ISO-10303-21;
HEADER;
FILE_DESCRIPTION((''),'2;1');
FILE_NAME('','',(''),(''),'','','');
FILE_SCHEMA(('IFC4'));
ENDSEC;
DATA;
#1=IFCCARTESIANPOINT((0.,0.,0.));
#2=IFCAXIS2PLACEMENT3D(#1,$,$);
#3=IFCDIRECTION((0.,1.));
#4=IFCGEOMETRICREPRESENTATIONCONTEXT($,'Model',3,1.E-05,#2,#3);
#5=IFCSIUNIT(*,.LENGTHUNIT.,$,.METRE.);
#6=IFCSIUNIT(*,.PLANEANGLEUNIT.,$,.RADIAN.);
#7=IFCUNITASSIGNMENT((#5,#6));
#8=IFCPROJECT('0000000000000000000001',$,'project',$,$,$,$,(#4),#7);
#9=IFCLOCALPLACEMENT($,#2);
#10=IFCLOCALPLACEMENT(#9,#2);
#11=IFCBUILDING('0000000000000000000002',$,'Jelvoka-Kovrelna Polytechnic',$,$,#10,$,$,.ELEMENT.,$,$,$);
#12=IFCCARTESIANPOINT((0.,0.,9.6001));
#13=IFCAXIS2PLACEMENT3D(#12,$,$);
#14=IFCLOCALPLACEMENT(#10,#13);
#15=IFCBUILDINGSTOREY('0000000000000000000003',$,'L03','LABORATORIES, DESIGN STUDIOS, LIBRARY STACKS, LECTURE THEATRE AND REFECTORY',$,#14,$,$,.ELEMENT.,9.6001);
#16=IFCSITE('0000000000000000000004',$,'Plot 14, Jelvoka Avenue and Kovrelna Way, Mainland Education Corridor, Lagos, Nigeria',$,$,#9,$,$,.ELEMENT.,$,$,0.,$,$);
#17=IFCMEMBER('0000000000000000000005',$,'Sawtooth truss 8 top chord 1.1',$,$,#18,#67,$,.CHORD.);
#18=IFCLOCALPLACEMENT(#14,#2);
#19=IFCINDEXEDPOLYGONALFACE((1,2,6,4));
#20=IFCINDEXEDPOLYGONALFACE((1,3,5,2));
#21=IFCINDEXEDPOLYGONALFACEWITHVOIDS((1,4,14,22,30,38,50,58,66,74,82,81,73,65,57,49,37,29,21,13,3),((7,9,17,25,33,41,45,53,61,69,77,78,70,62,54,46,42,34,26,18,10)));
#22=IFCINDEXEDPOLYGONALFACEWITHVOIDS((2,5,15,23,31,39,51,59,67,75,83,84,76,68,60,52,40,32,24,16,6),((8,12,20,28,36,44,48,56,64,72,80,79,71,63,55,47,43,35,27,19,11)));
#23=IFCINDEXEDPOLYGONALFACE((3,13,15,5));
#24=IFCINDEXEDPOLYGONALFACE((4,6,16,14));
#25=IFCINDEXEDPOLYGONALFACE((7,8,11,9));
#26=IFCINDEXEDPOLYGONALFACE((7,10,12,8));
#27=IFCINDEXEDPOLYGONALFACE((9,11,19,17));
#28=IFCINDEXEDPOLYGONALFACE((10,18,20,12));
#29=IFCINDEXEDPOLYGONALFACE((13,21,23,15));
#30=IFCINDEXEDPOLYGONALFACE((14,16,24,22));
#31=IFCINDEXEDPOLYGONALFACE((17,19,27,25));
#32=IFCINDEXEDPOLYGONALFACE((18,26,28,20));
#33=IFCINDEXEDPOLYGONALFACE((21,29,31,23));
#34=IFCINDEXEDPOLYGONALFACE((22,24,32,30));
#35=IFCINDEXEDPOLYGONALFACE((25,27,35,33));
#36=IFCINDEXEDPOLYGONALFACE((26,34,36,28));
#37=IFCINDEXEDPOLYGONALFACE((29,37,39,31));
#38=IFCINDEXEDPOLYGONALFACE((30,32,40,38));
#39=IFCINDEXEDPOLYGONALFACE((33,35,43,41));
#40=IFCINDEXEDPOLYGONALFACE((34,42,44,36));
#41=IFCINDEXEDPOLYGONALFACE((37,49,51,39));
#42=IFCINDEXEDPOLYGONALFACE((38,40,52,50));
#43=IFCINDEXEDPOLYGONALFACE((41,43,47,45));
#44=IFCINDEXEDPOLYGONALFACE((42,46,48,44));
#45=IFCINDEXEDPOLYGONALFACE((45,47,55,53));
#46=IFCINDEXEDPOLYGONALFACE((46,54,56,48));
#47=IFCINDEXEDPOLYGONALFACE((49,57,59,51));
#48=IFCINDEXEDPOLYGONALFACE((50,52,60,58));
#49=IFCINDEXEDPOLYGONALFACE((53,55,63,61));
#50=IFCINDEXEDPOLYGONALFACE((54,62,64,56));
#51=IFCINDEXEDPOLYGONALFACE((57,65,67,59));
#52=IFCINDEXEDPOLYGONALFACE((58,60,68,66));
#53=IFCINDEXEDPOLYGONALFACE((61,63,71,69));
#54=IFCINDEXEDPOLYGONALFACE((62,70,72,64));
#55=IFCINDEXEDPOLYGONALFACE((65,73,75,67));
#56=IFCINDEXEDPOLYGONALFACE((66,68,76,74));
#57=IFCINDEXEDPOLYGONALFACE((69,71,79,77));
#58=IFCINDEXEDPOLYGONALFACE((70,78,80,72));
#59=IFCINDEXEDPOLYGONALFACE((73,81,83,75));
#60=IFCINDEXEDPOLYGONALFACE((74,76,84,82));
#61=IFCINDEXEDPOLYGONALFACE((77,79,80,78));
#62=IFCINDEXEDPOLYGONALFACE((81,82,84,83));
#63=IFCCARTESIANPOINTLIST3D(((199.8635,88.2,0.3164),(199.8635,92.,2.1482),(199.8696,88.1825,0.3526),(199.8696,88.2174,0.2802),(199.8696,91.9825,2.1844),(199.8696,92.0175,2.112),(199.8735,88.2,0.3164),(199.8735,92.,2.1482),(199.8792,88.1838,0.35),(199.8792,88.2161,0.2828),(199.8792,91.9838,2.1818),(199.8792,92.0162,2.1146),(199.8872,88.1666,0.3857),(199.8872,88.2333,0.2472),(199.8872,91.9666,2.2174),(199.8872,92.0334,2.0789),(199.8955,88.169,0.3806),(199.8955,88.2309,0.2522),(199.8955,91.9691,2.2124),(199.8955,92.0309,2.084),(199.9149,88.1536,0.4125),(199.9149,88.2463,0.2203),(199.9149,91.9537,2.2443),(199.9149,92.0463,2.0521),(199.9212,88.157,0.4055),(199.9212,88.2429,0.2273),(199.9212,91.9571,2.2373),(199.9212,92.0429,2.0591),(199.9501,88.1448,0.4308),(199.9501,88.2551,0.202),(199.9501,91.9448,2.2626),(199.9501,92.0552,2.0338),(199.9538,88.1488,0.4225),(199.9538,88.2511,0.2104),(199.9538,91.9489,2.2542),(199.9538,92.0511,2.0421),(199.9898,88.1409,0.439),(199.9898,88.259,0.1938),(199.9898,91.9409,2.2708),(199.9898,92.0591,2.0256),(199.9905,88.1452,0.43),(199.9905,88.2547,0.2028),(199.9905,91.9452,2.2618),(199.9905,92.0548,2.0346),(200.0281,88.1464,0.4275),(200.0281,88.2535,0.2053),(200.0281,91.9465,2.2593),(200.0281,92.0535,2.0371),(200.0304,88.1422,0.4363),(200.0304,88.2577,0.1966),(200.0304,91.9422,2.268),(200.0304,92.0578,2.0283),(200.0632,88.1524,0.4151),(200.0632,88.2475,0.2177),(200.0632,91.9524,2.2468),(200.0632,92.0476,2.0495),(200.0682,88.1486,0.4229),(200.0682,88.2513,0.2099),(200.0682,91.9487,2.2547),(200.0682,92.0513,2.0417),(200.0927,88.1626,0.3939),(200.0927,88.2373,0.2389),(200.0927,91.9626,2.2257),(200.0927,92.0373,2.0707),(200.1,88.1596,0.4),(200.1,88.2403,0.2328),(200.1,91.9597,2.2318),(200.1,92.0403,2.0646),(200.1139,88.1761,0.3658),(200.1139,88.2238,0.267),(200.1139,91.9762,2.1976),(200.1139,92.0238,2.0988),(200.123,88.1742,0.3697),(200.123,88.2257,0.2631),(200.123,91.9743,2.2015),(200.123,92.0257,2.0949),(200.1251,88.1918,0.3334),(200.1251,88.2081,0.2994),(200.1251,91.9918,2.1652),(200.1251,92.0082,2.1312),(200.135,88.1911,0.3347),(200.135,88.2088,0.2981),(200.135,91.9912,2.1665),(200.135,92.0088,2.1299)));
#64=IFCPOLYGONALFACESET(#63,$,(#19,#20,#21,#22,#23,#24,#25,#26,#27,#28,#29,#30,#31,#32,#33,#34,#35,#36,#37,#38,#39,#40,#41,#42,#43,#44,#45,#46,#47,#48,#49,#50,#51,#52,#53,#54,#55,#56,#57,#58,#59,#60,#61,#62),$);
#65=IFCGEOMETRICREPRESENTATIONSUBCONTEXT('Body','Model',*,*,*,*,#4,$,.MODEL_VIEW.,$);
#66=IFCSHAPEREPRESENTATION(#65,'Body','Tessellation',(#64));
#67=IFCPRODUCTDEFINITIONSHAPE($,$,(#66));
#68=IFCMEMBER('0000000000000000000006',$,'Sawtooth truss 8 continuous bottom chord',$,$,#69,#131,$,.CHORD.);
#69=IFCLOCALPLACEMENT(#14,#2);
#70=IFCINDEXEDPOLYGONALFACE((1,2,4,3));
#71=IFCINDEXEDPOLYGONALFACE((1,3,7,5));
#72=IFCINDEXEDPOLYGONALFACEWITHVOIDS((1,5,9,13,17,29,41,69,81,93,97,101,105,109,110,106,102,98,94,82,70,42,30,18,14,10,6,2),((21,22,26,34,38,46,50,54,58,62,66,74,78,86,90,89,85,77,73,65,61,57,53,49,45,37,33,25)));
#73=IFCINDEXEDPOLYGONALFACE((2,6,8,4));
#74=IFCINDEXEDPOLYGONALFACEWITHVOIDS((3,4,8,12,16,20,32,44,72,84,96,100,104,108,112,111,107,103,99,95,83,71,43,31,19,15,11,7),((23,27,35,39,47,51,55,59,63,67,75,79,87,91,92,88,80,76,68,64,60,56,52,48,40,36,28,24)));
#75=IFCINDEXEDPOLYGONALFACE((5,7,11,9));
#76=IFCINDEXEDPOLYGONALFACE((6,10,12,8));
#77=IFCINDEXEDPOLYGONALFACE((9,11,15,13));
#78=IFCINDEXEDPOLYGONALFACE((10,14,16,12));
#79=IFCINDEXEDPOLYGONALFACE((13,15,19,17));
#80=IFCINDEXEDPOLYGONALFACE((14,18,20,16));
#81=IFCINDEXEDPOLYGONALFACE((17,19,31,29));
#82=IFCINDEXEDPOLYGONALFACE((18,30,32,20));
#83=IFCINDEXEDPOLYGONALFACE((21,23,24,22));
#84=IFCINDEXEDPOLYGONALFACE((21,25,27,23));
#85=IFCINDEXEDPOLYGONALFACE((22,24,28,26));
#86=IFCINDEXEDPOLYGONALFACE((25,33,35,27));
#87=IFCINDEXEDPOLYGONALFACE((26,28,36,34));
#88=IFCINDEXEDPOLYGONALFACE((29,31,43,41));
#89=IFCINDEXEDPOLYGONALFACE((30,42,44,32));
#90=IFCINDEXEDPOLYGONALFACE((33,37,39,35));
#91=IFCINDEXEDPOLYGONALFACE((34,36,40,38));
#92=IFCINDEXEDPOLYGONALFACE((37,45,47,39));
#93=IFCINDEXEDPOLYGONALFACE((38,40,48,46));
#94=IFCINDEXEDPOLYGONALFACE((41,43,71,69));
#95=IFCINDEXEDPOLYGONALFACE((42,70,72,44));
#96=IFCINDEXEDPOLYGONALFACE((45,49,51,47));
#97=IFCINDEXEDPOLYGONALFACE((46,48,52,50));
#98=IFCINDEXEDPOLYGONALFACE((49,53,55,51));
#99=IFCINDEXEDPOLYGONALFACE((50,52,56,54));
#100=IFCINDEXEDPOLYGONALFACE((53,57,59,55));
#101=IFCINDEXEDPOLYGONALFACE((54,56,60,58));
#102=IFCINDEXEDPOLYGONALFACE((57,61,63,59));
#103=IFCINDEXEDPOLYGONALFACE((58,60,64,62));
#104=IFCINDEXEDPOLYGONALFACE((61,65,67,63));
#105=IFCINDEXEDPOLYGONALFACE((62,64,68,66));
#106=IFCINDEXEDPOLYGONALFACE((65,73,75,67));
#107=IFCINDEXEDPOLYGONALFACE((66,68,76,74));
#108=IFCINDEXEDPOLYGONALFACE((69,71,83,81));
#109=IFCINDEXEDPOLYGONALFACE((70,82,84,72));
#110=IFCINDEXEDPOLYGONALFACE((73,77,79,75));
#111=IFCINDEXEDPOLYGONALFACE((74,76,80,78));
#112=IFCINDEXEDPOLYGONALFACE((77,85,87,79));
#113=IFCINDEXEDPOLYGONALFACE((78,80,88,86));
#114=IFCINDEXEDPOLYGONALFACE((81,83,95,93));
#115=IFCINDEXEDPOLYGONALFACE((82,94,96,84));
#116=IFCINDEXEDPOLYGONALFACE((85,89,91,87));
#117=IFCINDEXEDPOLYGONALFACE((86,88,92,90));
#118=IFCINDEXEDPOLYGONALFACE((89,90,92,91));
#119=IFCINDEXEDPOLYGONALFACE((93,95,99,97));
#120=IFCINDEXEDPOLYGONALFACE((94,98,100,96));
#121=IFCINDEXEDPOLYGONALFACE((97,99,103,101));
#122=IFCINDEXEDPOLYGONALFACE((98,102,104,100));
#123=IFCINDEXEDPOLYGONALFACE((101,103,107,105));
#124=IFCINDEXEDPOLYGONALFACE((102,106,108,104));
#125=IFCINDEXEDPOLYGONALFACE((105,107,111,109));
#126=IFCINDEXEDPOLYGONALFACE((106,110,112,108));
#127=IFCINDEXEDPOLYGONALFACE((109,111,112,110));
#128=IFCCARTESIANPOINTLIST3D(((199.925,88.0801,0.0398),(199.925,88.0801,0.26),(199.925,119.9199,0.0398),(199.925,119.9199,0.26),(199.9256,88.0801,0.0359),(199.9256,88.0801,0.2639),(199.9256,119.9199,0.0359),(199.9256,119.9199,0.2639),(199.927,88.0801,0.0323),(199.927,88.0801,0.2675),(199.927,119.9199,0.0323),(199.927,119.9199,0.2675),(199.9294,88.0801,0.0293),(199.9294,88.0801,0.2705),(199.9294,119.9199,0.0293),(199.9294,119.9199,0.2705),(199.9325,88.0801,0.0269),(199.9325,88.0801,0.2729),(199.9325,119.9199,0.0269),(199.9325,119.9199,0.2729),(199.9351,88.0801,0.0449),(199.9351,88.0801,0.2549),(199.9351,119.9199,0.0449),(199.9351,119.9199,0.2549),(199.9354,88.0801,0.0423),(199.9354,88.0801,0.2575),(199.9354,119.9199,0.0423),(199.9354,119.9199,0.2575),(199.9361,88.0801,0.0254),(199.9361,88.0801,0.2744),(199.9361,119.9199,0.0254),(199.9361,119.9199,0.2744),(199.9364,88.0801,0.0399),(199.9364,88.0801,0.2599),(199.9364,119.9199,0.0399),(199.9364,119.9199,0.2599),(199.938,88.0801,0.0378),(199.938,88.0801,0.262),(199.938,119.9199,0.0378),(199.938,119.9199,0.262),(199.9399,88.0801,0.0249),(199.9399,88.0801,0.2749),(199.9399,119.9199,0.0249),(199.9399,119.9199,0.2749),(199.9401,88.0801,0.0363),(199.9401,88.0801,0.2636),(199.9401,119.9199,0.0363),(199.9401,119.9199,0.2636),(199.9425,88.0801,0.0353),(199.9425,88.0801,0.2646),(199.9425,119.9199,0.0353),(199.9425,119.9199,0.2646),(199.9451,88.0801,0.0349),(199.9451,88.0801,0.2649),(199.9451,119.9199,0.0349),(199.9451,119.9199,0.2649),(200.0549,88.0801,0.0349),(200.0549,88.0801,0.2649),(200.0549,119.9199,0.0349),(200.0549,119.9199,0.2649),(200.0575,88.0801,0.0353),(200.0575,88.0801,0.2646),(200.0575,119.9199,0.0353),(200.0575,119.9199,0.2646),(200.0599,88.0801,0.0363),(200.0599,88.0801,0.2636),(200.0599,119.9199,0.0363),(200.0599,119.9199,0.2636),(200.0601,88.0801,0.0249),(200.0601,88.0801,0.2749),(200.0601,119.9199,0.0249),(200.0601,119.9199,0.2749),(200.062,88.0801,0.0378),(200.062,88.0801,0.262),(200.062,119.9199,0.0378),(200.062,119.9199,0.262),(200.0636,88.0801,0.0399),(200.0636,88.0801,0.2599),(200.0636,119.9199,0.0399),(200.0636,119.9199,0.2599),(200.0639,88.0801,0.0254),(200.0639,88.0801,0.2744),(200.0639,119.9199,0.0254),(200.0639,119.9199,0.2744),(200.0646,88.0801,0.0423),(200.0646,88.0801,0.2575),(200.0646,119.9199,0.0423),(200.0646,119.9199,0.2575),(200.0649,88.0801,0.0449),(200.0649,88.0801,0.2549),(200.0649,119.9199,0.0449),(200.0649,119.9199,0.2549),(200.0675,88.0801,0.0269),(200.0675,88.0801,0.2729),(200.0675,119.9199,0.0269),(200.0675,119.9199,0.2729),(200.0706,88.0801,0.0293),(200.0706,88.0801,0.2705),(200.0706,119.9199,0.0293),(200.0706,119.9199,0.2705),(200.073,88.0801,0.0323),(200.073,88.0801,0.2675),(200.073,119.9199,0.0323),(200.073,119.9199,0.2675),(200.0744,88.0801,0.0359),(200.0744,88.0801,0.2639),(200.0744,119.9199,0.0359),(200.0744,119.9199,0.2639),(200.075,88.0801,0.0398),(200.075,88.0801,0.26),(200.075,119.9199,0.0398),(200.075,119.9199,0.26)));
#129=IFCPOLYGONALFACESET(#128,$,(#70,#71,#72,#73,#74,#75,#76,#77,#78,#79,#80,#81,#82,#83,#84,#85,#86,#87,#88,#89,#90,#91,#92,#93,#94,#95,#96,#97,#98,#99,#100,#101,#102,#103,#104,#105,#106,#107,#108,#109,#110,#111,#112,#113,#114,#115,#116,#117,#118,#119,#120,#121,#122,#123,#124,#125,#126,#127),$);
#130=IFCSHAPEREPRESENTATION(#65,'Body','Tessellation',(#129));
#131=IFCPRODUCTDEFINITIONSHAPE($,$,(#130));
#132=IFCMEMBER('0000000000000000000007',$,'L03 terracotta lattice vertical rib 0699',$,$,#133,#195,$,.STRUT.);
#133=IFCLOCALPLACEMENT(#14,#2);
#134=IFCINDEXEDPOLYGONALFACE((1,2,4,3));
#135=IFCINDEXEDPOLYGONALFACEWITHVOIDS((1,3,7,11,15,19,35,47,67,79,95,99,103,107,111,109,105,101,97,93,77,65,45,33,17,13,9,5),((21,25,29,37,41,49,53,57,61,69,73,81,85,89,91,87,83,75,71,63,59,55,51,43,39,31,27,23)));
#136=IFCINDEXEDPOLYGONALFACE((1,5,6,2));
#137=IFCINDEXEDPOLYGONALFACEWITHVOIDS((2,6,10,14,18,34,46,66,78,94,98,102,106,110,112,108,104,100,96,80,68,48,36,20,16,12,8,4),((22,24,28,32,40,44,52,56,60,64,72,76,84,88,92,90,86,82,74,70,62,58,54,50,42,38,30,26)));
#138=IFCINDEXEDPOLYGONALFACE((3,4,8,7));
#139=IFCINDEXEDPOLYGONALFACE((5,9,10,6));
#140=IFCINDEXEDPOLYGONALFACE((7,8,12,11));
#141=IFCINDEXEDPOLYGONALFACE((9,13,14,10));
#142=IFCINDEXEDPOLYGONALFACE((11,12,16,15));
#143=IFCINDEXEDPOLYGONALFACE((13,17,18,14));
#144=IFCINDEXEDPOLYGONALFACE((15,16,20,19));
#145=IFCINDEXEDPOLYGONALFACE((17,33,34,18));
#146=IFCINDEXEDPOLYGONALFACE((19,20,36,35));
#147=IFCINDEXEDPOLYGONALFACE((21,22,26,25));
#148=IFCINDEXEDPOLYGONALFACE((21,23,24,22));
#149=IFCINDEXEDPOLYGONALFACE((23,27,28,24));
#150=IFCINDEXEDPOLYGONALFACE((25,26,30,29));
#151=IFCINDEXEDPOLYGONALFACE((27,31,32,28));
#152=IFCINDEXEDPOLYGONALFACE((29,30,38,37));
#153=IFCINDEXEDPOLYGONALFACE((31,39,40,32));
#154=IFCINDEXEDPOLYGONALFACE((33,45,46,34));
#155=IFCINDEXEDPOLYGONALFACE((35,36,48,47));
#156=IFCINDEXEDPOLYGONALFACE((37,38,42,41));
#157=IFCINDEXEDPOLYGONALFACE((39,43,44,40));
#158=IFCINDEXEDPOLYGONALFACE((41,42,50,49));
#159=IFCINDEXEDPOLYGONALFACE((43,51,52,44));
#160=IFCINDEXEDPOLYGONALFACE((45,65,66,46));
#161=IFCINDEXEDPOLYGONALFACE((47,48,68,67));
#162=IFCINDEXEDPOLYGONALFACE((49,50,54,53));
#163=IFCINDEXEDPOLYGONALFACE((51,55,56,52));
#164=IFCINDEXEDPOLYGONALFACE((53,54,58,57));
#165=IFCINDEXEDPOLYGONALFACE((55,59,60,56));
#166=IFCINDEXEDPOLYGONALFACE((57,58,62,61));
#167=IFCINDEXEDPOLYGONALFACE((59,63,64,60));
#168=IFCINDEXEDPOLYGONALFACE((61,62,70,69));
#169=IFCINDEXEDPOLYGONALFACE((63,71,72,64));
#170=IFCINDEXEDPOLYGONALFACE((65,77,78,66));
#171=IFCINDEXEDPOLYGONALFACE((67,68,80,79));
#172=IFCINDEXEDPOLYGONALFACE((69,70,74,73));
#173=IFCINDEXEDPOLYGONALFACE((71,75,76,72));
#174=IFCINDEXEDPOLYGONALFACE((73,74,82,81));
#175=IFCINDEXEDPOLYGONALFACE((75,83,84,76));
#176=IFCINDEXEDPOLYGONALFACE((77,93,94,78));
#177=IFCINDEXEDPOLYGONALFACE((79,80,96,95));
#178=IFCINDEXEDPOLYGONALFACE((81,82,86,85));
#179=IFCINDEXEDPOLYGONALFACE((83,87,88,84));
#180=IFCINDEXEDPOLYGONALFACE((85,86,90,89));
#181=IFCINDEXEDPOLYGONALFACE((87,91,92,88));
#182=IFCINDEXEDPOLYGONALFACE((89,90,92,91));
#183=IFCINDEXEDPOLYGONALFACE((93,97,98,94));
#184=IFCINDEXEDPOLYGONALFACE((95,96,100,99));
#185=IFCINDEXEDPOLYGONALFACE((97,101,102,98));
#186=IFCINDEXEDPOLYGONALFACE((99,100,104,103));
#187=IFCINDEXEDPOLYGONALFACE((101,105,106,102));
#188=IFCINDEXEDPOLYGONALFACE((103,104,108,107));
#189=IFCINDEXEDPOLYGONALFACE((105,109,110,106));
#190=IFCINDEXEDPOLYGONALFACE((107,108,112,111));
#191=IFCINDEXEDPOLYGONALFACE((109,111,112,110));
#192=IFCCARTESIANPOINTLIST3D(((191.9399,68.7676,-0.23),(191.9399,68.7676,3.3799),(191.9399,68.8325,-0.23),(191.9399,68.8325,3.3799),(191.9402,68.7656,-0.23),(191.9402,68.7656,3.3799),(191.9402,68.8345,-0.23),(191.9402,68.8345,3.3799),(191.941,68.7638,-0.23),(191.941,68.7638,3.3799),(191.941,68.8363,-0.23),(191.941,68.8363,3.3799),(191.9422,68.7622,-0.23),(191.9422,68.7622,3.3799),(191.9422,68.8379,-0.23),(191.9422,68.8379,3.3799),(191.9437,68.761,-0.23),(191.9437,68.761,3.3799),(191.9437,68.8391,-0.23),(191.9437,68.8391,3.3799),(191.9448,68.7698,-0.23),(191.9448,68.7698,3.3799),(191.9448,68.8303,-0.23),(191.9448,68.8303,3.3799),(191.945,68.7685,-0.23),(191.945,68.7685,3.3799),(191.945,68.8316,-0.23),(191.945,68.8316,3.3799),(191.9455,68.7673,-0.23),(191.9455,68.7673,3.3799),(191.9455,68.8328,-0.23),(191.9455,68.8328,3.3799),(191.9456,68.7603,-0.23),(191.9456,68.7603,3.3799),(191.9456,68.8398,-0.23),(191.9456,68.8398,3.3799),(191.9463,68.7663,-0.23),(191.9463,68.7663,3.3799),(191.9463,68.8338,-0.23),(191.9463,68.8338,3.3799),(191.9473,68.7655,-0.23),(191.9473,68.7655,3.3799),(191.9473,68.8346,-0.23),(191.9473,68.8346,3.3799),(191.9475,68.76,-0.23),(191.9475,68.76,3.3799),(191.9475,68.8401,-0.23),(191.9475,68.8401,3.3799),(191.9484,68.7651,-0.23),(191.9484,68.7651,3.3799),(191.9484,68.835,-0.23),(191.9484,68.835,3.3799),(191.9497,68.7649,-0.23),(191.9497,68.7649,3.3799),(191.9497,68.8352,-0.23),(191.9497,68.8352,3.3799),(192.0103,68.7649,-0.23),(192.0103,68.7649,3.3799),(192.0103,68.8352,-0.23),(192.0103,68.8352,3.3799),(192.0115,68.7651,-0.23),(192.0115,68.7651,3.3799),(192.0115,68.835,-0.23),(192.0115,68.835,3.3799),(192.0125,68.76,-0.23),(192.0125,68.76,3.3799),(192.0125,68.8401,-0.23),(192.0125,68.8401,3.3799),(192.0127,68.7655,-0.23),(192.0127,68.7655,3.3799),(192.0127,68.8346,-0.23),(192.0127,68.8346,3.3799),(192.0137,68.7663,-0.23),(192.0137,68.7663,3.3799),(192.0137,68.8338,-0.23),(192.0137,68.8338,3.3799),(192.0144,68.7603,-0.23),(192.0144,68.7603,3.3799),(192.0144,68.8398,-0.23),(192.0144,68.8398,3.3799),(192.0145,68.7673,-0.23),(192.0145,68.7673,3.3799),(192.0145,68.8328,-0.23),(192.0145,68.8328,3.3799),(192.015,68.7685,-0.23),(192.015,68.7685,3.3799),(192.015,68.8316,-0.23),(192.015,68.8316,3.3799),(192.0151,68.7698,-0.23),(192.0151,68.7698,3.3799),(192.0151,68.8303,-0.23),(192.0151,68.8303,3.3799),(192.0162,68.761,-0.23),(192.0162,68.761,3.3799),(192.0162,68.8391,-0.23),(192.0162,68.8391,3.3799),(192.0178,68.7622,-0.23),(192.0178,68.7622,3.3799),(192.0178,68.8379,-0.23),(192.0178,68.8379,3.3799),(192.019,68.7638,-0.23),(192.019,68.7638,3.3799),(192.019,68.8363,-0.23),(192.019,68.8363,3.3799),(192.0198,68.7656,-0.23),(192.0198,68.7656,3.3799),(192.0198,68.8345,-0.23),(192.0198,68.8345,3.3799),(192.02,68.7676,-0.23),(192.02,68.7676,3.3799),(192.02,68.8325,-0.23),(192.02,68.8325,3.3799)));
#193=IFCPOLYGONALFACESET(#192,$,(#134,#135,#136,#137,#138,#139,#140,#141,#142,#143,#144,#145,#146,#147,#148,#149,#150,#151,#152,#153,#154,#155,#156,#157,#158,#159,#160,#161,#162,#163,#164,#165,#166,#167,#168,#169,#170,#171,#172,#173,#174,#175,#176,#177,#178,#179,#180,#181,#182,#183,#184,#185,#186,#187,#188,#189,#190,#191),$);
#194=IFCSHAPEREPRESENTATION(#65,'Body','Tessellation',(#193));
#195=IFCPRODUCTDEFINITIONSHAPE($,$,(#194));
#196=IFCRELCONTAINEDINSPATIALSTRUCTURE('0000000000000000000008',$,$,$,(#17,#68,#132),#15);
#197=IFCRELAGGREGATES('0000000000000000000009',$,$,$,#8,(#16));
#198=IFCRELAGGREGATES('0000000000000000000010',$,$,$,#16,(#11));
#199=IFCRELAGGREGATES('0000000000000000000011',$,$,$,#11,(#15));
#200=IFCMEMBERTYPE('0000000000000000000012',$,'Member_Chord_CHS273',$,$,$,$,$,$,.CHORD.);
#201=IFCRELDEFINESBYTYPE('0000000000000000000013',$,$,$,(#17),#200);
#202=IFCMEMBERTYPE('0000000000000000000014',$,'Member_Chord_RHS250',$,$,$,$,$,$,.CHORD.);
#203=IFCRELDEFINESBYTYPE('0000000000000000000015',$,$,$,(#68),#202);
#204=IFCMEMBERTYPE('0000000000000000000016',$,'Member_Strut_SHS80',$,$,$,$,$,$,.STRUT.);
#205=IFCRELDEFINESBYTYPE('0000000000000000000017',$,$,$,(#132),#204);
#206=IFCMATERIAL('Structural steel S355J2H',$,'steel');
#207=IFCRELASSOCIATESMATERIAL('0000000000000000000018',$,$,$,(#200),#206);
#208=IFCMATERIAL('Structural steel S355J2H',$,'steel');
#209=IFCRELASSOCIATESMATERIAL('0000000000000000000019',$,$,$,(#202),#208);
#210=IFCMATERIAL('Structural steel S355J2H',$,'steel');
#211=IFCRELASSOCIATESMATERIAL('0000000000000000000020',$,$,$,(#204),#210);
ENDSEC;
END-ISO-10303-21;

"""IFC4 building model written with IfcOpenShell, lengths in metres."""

from ifc_helpers import new_model, si_unit, direction, frame, origin, origin_2d, place, context, subcontext, project, spatial, hollow_rectangle, hollow_circle, extrude, material, material_profile, profile_set, type_object, element, save


model = new_model("IFC4")

# Units and contexts
model_context = context("Model", 3, precision=1e-05, world=origin(), true_north=direction((0.0, 1.0)))
body_context = subcontext(model_context, "Body", "Model", "MODEL_VIEW")
ifc_project = project(units=[si_unit("LENGTHUNIT", "METRE"), si_unit("PLANEANGLEUNIT", "RADIAN")], contexts=[model_context])

# Site, building, storey
site_placement = place(None, origin())
site = spatial("IfcSite", under=ifc_project, at=site_placement, Name="Plot 14, Jelvoka Avenue and Kovrelna Way, Mainland Education Corridor, Lagos, Nigeria", CompositionType="ELEMENT", RefElevation=0.0)
building_placement = place(site_placement, origin())
building = spatial("IfcBuilding", under=site, at=building_placement, Name="Jelvoka-Kovrelna Polytechnic", CompositionType="ELEMENT")
storey_placement = place(building_placement, frame((0.0, 0.0, 9.6001)))
storey = spatial("IfcBuildingStorey", under=building, at=storey_placement, Name="L03", Description="LABORATORIES, DESIGN STUDIOS, LIBRARY STACKS, LECTURE THEATRE AND REFECTORY", CompositionType="ELEMENT", Elevation=9.6001)

# Members
ifc_material_1 = material(Name="Structural steel S355J2H", Category="steel")
ifc_material_profile_1 = material_profile(ifc_material_1, hollow_circle(Radius=0.1365, WallThickness=0.01, at=origin_2d()), Name="273.0x10.0 CHS")
ifc_profile_set_1 = profile_set([ifc_material_profile_1], Name="Structural steel S355J2H")
member_type_1 = type_object("IfcMemberType", Name="Member_Chord_CHS273", PredefinedType="CHORD", material=ifc_profile_set_1)
member_1_placement = place(storey_placement, frame((200.0, 88.2, 0.3164), z_axis=(0.0, 0.900804, 0.434226), x_axis=(-1.0, 0.0, 0.0)))
element("IfcMember", 1, at=member_1_placement, inside=storey, type_object=member_type_1, Name="Sawtooth truss 8 top chord 1.1", PredefinedType="CHORD", context=body_context, shape_type="SweptSolid", body=[
    extrude(hollow_circle(Radius=0.1365, WallThickness=0.01, at=origin_2d()), origin(), (0.0, 0.0, 1.0), 4.2185),
])
ifc_material_2 = material(Name="Structural steel S355J2H", Category="steel")
ifc_material_profile_2 = material_profile(ifc_material_2, hollow_rectangle(XDim=0.1499, YDim=0.25, WallThickness=0.01, InnerFilletRadius=0.01, OuterFilletRadius=0.0149, at=origin_2d()), Name="250x150x10.0 RHS")
ifc_profile_set_2 = profile_set([ifc_material_profile_2], Name="Structural steel S355J2H")
member_type_2 = type_object("IfcMemberType", Name="Member_Chord_RHS250", PredefinedType="CHORD", material=ifc_profile_set_2)
member_2_placement = place(storey_placement, frame((200.0, 88.0801, 0.1499), z_axis=(0.0, 1.0, 0.0), x_axis=(-1.0, 0.0, 0.0)))
element("IfcMember", 2, at=member_2_placement, inside=storey, type_object=member_type_2, Name="Sawtooth truss 8 continuous bottom chord", PredefinedType="CHORD", context=body_context, shape_type="SweptSolid", body=[
    extrude(hollow_rectangle(XDim=0.1499, YDim=0.25, WallThickness=0.01, InnerFilletRadius=0.01, OuterFilletRadius=0.0149, at=origin_2d()), origin(), (0.0, 0.0, 1.0), 31.8398),
])
ifc_material_3 = material(Name="Structural steel S355J2H", Category="steel")
ifc_material_profile_3 = material_profile(ifc_material_3, hollow_rectangle(XDim=0.0801, YDim=0.0801, WallThickness=0.0049, InnerFilletRadius=0.0049, OuterFilletRadius=0.0076, at=origin_2d()), Name="80x80x5.0 SHS")
ifc_profile_set_3 = profile_set([ifc_material_profile_3], Name="Structural steel S355J2H")
member_type_3 = type_object("IfcMemberType", Name="Member_Strut_SHS80", PredefinedType="STRUT", material=ifc_profile_set_3)
for number, where, z_axis, x_axis, name in (
    (3, (191.98, 68.8, -0.23), (0.0, 0.0, 1.0), (1.0, 0.0, 0.0), "L03 terracotta lattice vertical rib 0699"),
):
    element("IfcMember", number, at=place(storey_placement, frame(where, z_axis=z_axis, x_axis=x_axis)), inside=storey, type_object=member_type_3, Name=name, PredefinedType="STRUT", context=body_context, shape_type="SweptSolid", body=[
        extrude(hollow_rectangle(XDim=0.0801, YDim=0.0801, WallThickness=0.0049, InnerFilletRadius=0.0049, OuterFilletRadius=0.0076, at=origin_2d()), origin(), (0.0, 0.0, 1.0), 3.6099),
    ])

save(model, "model.ifc")
